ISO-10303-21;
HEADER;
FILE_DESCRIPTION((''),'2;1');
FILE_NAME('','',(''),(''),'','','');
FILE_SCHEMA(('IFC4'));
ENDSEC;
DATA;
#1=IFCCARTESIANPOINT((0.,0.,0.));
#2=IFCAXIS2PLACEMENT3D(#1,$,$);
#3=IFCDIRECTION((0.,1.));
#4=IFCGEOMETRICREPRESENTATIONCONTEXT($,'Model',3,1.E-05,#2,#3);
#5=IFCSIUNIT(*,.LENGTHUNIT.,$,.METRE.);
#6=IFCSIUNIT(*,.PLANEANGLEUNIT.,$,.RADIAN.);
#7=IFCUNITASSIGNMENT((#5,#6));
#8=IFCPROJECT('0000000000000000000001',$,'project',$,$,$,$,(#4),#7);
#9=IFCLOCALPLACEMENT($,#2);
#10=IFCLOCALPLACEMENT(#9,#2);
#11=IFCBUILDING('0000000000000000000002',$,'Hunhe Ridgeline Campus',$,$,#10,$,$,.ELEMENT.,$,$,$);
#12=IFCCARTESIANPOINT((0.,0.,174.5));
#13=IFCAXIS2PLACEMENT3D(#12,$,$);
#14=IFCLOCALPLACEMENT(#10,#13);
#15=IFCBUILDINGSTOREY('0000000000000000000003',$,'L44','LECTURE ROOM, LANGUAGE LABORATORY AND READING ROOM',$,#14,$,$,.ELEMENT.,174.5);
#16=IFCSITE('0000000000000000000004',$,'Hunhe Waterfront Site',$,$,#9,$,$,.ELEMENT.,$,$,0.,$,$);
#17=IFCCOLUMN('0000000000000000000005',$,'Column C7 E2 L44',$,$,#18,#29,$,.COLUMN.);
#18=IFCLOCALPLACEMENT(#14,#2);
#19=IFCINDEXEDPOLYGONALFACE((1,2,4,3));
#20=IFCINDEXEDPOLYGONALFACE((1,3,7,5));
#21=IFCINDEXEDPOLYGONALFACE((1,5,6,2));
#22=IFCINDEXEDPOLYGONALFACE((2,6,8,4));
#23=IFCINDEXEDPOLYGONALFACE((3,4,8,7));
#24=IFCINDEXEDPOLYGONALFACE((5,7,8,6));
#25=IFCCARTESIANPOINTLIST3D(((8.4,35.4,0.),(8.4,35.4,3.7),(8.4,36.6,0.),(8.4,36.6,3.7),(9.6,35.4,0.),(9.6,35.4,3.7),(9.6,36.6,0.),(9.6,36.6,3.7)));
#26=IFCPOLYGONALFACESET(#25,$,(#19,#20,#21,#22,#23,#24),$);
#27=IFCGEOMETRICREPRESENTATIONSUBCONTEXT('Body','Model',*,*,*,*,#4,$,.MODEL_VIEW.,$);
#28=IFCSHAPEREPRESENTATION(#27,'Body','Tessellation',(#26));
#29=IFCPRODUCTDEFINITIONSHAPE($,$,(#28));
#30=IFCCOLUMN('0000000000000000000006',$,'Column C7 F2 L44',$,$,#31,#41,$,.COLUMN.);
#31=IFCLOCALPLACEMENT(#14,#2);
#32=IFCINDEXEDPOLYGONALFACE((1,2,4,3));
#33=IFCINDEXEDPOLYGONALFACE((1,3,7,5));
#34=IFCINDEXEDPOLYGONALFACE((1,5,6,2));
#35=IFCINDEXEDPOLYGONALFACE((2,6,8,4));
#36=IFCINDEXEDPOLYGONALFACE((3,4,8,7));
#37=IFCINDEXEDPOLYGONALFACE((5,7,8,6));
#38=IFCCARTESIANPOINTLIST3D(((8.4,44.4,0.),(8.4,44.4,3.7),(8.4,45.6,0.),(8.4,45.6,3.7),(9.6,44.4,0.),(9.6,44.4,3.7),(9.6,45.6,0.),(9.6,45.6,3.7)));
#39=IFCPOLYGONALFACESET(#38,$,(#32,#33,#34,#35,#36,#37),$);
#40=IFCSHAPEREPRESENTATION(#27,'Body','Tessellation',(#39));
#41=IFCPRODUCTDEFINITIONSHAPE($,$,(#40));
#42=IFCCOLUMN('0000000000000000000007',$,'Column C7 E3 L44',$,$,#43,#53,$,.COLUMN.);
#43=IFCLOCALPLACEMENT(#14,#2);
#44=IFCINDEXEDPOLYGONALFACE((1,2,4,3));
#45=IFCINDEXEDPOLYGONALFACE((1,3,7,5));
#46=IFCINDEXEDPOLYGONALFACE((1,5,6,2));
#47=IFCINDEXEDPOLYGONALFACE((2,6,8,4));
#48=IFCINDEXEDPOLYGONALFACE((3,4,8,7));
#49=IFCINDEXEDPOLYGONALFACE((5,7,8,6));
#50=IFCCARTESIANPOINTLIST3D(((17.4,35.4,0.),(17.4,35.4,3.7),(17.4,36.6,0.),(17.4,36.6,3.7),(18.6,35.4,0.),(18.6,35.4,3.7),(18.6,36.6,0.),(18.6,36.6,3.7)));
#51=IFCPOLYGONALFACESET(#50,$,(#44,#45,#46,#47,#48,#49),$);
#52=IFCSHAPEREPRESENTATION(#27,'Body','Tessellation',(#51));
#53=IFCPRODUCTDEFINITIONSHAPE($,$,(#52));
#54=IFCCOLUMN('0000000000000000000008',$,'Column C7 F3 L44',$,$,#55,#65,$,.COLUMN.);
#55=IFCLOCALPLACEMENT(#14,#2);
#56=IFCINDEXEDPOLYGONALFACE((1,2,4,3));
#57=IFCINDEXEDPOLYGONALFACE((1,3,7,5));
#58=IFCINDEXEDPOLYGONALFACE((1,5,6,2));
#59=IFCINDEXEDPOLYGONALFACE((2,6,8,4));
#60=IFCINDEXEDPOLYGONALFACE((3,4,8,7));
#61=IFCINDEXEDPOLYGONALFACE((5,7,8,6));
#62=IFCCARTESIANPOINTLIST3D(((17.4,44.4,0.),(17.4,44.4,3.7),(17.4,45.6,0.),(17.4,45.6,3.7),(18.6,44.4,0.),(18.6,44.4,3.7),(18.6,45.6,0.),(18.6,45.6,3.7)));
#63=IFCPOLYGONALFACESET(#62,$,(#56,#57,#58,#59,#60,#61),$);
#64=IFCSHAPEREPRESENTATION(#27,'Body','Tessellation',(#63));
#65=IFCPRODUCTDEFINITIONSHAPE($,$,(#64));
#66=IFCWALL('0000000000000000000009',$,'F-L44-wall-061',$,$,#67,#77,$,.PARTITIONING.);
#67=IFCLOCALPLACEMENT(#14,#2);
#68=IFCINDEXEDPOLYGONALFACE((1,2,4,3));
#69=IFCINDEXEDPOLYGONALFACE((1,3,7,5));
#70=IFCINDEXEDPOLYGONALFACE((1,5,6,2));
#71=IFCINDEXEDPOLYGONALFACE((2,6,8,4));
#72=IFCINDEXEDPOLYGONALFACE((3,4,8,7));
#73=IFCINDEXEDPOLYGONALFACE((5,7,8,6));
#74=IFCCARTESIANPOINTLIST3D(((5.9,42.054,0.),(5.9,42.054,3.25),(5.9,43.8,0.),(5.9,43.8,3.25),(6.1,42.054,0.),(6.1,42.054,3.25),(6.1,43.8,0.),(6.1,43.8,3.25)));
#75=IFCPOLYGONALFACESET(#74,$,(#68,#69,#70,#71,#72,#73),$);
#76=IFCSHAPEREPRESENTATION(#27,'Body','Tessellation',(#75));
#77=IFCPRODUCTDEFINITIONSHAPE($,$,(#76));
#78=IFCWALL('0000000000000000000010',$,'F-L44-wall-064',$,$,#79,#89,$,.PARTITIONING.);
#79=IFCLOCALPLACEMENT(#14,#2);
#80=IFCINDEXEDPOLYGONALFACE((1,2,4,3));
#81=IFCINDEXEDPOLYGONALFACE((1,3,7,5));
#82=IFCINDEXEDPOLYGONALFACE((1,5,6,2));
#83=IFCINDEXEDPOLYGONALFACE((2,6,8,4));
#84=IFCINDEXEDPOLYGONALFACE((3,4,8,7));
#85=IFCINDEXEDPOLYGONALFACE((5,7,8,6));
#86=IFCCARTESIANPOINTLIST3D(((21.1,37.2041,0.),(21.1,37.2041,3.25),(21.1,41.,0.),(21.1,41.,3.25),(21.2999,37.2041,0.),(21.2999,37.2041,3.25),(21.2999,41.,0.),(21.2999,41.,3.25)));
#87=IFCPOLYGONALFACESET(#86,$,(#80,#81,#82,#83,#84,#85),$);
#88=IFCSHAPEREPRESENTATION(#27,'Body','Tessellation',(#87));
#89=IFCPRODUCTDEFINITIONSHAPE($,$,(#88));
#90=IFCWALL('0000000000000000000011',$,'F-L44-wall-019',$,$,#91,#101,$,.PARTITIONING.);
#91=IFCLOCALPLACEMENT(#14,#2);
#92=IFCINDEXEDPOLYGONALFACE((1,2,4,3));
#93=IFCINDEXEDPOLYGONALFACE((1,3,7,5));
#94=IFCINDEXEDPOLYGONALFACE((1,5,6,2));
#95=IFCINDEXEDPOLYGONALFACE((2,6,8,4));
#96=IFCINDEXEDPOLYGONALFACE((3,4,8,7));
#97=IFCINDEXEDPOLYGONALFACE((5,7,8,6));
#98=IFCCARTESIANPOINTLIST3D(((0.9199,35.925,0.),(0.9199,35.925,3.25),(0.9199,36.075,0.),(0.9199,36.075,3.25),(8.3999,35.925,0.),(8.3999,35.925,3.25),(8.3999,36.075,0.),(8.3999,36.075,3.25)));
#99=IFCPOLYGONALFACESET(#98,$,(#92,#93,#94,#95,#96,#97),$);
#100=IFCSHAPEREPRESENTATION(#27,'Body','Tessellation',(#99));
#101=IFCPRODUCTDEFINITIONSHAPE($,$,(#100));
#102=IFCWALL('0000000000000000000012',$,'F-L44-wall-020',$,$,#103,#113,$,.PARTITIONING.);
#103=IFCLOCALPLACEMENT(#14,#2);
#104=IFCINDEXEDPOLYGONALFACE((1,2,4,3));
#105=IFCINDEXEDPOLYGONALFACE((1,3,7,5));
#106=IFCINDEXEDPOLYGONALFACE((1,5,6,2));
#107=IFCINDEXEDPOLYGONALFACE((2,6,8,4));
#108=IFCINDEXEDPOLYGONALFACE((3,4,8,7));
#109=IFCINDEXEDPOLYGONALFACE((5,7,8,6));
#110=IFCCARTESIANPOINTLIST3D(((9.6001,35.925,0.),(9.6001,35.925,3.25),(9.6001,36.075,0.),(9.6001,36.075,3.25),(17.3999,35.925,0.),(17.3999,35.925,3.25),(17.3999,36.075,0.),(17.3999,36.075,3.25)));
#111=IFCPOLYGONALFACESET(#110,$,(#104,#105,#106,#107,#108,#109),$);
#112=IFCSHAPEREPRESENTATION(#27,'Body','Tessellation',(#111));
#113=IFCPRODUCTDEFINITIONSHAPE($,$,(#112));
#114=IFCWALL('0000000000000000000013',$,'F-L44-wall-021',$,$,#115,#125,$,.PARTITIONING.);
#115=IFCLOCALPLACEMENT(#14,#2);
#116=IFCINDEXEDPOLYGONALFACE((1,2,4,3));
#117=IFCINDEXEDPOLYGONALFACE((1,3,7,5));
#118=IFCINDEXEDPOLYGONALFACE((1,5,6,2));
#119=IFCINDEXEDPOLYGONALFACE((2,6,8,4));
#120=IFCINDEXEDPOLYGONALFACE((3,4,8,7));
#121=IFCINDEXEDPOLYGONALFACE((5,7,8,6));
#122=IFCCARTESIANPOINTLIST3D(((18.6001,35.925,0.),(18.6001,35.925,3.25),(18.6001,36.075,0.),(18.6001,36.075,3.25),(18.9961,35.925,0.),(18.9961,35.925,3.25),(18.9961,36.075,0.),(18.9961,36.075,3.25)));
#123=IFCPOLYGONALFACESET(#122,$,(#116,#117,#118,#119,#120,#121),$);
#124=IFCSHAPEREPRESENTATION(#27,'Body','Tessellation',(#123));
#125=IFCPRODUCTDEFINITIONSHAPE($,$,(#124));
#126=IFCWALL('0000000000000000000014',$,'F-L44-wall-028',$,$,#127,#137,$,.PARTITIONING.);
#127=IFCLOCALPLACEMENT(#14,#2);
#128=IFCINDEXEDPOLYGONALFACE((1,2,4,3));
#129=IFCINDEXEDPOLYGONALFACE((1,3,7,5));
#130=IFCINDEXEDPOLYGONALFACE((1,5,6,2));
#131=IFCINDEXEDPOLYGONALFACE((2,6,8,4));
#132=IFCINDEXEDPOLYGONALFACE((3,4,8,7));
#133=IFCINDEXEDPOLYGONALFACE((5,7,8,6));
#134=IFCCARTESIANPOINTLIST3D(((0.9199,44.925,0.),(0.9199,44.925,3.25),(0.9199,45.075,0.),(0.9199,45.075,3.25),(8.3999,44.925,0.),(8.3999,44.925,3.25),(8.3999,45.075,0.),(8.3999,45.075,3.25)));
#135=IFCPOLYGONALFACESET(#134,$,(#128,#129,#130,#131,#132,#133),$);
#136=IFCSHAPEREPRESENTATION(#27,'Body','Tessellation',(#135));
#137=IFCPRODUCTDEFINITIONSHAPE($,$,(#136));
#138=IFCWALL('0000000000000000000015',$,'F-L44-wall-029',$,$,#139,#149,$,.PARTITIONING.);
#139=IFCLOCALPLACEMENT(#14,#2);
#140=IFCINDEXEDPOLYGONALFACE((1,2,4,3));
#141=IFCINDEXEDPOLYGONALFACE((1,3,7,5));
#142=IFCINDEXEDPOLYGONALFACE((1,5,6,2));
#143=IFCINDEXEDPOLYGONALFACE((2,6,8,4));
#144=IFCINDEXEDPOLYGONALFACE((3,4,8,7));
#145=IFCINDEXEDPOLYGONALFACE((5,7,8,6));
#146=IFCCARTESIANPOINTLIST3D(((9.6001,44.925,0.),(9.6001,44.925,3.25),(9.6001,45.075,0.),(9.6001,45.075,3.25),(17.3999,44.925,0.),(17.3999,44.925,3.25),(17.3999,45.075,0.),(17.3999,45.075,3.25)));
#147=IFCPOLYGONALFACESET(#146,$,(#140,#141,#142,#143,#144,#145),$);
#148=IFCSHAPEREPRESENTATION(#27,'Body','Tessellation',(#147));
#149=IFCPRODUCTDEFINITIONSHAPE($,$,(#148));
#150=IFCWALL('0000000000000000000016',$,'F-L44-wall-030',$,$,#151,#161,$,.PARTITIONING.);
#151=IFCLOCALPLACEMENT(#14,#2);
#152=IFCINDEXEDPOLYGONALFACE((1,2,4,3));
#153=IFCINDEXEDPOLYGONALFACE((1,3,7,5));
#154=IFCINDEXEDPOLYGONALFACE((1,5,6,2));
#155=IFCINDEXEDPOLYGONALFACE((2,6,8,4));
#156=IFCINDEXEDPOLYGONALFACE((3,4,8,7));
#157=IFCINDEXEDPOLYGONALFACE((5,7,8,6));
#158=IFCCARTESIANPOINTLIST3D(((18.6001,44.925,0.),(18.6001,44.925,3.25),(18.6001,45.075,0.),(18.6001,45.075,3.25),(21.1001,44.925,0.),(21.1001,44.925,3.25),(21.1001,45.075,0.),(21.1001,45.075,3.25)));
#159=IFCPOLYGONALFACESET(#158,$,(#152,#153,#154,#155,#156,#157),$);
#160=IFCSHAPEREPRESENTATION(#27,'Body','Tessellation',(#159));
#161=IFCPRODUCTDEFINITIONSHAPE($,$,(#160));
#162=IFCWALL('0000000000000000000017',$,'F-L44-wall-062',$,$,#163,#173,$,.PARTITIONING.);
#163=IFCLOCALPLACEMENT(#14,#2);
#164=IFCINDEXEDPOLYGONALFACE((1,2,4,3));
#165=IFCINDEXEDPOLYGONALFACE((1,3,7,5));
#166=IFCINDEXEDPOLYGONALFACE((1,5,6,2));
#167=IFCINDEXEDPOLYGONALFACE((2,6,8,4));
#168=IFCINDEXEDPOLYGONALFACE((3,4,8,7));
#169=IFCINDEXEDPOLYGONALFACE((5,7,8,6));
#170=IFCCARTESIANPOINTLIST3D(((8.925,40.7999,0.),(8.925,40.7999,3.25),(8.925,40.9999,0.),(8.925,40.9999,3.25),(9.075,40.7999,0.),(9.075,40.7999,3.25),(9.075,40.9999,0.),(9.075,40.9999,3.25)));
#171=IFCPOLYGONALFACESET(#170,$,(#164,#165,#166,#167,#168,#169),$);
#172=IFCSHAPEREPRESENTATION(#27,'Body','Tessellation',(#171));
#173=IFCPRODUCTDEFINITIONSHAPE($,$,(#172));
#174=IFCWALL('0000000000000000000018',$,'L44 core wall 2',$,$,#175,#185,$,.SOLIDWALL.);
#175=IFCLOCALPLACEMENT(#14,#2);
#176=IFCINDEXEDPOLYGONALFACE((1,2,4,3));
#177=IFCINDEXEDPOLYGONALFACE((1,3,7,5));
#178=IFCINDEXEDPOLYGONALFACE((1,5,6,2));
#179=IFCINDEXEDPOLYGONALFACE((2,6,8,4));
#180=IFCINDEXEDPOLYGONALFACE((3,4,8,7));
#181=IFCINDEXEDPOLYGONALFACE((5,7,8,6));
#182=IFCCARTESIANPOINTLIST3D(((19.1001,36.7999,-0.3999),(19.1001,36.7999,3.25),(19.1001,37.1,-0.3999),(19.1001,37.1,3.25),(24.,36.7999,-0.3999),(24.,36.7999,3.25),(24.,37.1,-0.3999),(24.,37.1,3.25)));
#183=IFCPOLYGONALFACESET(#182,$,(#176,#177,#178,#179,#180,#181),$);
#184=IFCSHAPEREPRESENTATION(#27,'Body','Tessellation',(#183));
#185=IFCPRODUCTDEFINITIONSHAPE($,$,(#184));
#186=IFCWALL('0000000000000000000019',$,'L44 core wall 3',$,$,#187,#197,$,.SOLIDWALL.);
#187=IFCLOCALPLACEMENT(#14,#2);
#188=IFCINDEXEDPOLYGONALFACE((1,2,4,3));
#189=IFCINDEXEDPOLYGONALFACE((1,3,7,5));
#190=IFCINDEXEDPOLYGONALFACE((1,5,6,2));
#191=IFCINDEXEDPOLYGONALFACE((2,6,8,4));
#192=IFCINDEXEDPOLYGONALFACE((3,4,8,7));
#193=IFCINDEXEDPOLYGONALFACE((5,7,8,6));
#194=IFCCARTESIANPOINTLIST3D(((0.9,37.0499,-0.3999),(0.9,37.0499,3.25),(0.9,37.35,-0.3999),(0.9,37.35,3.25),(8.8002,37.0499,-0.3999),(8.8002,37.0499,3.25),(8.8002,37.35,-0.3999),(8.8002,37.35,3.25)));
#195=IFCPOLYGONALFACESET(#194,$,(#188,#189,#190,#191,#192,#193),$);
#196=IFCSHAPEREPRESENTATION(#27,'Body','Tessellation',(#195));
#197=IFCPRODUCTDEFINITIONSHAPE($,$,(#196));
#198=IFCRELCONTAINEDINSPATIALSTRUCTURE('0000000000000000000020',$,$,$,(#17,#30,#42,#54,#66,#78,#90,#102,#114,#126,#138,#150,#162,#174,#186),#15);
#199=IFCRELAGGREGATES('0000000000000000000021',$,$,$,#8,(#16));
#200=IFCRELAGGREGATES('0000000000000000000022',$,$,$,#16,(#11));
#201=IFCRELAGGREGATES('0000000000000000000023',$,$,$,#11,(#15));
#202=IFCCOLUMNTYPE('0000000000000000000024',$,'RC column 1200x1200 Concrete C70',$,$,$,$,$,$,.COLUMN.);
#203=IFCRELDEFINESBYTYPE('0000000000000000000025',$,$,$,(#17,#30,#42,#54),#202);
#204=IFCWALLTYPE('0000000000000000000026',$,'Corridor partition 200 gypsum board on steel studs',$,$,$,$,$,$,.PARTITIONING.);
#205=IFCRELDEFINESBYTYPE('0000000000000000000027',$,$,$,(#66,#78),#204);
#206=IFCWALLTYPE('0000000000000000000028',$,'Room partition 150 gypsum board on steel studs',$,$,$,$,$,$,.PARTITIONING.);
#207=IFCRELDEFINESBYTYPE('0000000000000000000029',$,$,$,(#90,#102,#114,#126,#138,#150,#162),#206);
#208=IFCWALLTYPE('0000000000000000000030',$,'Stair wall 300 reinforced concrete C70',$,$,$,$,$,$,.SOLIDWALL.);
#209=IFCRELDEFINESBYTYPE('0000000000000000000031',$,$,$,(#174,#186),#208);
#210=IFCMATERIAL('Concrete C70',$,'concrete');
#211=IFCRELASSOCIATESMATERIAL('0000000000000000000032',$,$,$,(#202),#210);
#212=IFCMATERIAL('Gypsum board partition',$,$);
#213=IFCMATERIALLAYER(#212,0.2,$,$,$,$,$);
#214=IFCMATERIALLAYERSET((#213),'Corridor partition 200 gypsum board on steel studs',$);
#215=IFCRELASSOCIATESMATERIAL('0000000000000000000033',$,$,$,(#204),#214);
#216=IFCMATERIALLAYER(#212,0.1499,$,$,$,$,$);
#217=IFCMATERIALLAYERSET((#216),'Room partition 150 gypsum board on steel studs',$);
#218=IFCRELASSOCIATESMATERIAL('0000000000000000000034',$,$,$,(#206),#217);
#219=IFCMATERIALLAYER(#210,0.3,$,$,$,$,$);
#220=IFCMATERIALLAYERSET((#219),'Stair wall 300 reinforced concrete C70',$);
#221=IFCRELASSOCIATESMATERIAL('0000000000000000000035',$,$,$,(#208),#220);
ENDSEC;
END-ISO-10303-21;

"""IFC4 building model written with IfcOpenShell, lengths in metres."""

from ifc_helpers import new_model, si_unit, direction, frame, frame_2d, origin, origin_2d, place, context, subcontext, project, spatial, rectangle, extrude, material, layer, layer_set, material_profile, profile_set, type_object, element, save


model = new_model("IFC4")

# Units and contexts
model_context = context("Model", 3, precision=1e-05, world=origin(), true_north=direction((0.0, 1.0)))
body_context = subcontext(model_context, "Body", "Model", "MODEL_VIEW")
ifc_project = project(units=[si_unit("LENGTHUNIT", "METRE"), si_unit("PLANEANGLEUNIT", "RADIAN")], contexts=[model_context])

# Site, building, storey
site_placement = place(None, origin())
site = spatial("IfcSite", under=ifc_project, at=site_placement, Name="Hunhe Waterfront Site", CompositionType="ELEMENT", RefElevation=0.0)
building_placement = place(site_placement, origin())
building = spatial("IfcBuilding", under=site, at=building_placement, Name="Hunhe Ridgeline Campus", CompositionType="ELEMENT")
storey_placement = place(building_placement, frame((0.0, 0.0, 174.5)))
storey = spatial("IfcBuildingStorey", under=building, at=storey_placement, Name="L44", Description="LECTURE ROOM, LANGUAGE LABORATORY AND READING ROOM", CompositionType="ELEMENT", Elevation=174.5)

# Columns
ifc_material_1 = material(Name="Concrete C70", Category="concrete")
ifc_material_profile = material_profile(ifc_material_1, rectangle(XDim=1.2, YDim=1.2, at=origin_2d()))
ifc_profile_set = profile_set([ifc_material_profile], Name="Concrete C70")
column_type = type_object("IfcColumnType", Name="RC column 1200x1200 Concrete C70", PredefinedType="COLUMN", material=ifc_profile_set)
for number, where, z_axis, x_axis, name in (
    (1, (9.0, 36.0, 0.0), (0.0, 0.0, 1.0), (1.0, 0.0, 0.0), "Column C7 E2 L44"),
    (2, (9.0, 45.0, 0.0), (0.0, 0.0, 1.0), (1.0, 0.0, 0.0), "Column C7 F2 L44"),
    (3, (18.0, 36.0, 0.0), (0.0, 0.0, 1.0), (1.0, 0.0, 0.0), "Column C7 E3 L44"),
    (4, (18.0, 45.0, 0.0), (0.0, 0.0, 1.0), (1.0, 0.0, 0.0), "Column C7 F3 L44"),
):
    element("IfcColumn", number, at=place(storey_placement, frame(where, z_axis=z_axis, x_axis=x_axis)), inside=storey, type_object=column_type, Name=name, PredefinedType="COLUMN", context=body_context, shape_type="SweptSolid", body=[
        extrude(rectangle(XDim=1.2, YDim=1.2, at=origin_2d()), origin(), (0.0, 0.0, 1.0), 3.7),
    ])

# Shared definitions
ifc_material_2 = material(Name="Gypsum board partition")
ifc_layer_1 = layer(ifc_material_2, 0.2)
ifc_layer_set_1 = layer_set([ifc_layer_1], Name="Corridor partition 200 gypsum board on steel studs")
wall_type_1 = type_object("IfcWallType", Name="Corridor partition 200 gypsum board on steel studs", PredefinedType="PARTITIONING", material=ifc_layer_set_1)

# Walls
wall_1_placement = place(storey_placement, frame((6.0, 42.054, 0.0), z_axis=(0.0, 0.0, 1.0), x_axis=(0.0, 1.0, 0.0)))
element("IfcWall", 5, at=wall_1_placement, inside=storey, type_object=wall_type_1, Name="F-L44-wall-061", PredefinedType="PARTITIONING", context=body_context, shape_type="SweptSolid", body=[
    extrude(rectangle(XDim=1.7461, YDim=0.2, at=frame_2d((0.873, 0.0))), origin(), (0.0, 0.0, 1.0), 3.25),
])
wall_2_placement = place(storey_placement, frame((21.2, 37.2041, 0.0), z_axis=(0.0, 0.0, 1.0), x_axis=(0.0, 1.0, 0.0)))
element("IfcWall", 6, at=wall_2_placement, inside=storey, type_object=wall_type_1, Name="F-L44-wall-064", PredefinedType="PARTITIONING", context=body_context, shape_type="SweptSolid", body=[
    extrude(rectangle(XDim=3.7959, YDim=0.2, at=frame_2d((1.8979, 0.0))), origin(), (0.0, 0.0, 1.0), 3.25),
])

# Walls
ifc_layer_2 = layer(ifc_material_2, 0.1499)
ifc_layer_set_2 = layer_set([ifc_layer_2], Name="Room partition 150 gypsum board on steel studs")
wall_type_2 = type_object("IfcWallType", Name="Room partition 150 gypsum board on steel studs", PredefinedType="PARTITIONING", material=ifc_layer_set_2)
wall_3_placement = place(storey_placement, frame((0.9199, 36.0, 0.0), z_axis=(0.0, 0.0, 1.0), x_axis=(1.0, 0.0, 0.0)))
element("IfcWall", 7, at=wall_3_placement, inside=storey, type_object=wall_type_2, Name="F-L44-wall-019", PredefinedType="PARTITIONING", context=body_context, shape_type="SweptSolid", body=[
    extrude(rectangle(XDim=7.48, YDim=0.1499, at=frame_2d((3.74, 0.0))), origin(), (0.0, 0.0, 1.0), 3.25),
])
wall_4_placement = place(storey_placement, frame((9.6001, 36.0, 0.0), z_axis=(0.0, 0.0, 1.0), x_axis=(1.0, 0.0, 0.0)))
element("IfcWall", 8, at=wall_4_placement, inside=storey, type_object=wall_type_2, Name="F-L44-wall-020", PredefinedType="PARTITIONING", context=body_context, shape_type="SweptSolid", body=[
    extrude(rectangle(XDim=7.7998, YDim=0.1499, at=frame_2d((3.8999, 0.0))), origin(), (0.0, 0.0, 1.0), 3.25),
])
wall_5_placement = place(storey_placement, frame((18.6001, 36.0, 0.0), z_axis=(0.0, 0.0, 1.0), x_axis=(1.0, 0.0, 0.0)))
element("IfcWall", 9, at=wall_5_placement, inside=storey, type_object=wall_type_2, Name="F-L44-wall-021", PredefinedType="PARTITIONING", context=body_context, shape_type="SweptSolid", body=[
    extrude(rectangle(XDim=0.396, YDim=0.1499, at=frame_2d((0.198, 0.0))), origin(), (0.0, 0.0, 1.0), 3.25),
])
wall_6_placement = place(storey_placement, frame((0.9199, 45.0, 0.0), z_axis=(0.0, 0.0, 1.0), x_axis=(1.0, 0.0, 0.0)))
element("IfcWall", 10, at=wall_6_placement, inside=storey, type_object=wall_type_2, Name="F-L44-wall-028", PredefinedType="PARTITIONING", context=body_context, shape_type="SweptSolid", body=[
    extrude(rectangle(XDim=7.48, YDim=0.1499, at=frame_2d((3.74, 0.0))), origin(), (0.0, 0.0, 1.0), 3.25),
])
wall_7_placement = place(storey_placement, frame((9.6001, 45.0, 0.0), z_axis=(0.0, 0.0, 1.0), x_axis=(1.0, 0.0, 0.0)))
element("IfcWall", 11, at=wall_7_placement, inside=storey, type_object=wall_type_2, Name="F-L44-wall-029", PredefinedType="PARTITIONING", context=body_context, shape_type="SweptSolid", body=[
    extrude(rectangle(XDim=7.7998, YDim=0.1499, at=frame_2d((3.8999, 0.0))), origin(), (0.0, 0.0, 1.0), 3.25),
])
wall_8_placement = place(storey_placement, frame((18.6001, 45.0, 0.0), z_axis=(0.0, 0.0, 1.0), x_axis=(1.0, 0.0, 0.0)))
element("IfcWall", 12, at=wall_8_placement, inside=storey, type_object=wall_type_2, Name="F-L44-wall-030", PredefinedType="PARTITIONING", context=body_context, shape_type="SweptSolid", body=[
    extrude(rectangle(XDim=2.5, YDim=0.1499, at=frame_2d((1.25, 0.0))), origin(), (0.0, 0.0, 1.0), 3.25),
])
wall_9_placement = place(storey_placement, frame((9.0, 41.0, 0.0), z_axis=(0.0, 0.0, 1.0), x_axis=(0.0, -1.0, 0.0)))
element("IfcWall", 13, at=wall_9_placement, inside=storey, type_object=wall_type_2, Name="F-L44-wall-062", PredefinedType="PARTITIONING", context=body_context, shape_type="SweptSolid", body=[
    extrude(rectangle(XDim=0.2, YDim=0.1499, at=frame_2d((0.1001, 0.0))), origin(), (0.0, 0.0, 1.0), 3.25),
])
ifc_layer_3 = layer(ifc_material_1, 0.3)
ifc_layer_set_3 = layer_set([ifc_layer_3], Name="Stair wall 300 reinforced concrete C70")
wall_type_3 = type_object("IfcWallType", Name="Stair wall 300 reinforced concrete C70", PredefinedType="SOLIDWALL", material=ifc_layer_set_3)
wall_10_placement = place(storey_placement, frame((19.1001, 36.95, -0.3999), z_axis=(0.0, 0.0, 1.0), x_axis=(1.0, 0.0, 0.0)))
element("IfcWall", 14, at=wall_10_placement, inside=storey, type_object=wall_type_3, Name="L44 core wall 2", PredefinedType="SOLIDWALL", context=body_context, shape_type="SweptSolid", body=[
    extrude(rectangle(XDim=4.8999, YDim=0.3, at=frame_2d((2.45, 0.0))), origin(), (0.0, 0.0, 1.0), 3.6499),
])
wall_11_placement = place(storey_placement, frame((0.8999, 37.2, -0.3999), z_axis=(0.0, 0.0, 1.0), x_axis=(1.0, 0.0, 0.0)))
element("IfcWall", 15, at=wall_11_placement, inside=storey, type_object=wall_type_3, Name="L44 core wall 3", PredefinedType="SOLIDWALL", context=body_context, shape_type="SweptSolid", body=[
    extrude(rectangle(XDim=7.9001, YDim=0.3, at=frame_2d((3.9502, 0.0))), origin(), (0.0, 0.0, 1.0), 3.6499),
])

save(model, "model.ifc")
